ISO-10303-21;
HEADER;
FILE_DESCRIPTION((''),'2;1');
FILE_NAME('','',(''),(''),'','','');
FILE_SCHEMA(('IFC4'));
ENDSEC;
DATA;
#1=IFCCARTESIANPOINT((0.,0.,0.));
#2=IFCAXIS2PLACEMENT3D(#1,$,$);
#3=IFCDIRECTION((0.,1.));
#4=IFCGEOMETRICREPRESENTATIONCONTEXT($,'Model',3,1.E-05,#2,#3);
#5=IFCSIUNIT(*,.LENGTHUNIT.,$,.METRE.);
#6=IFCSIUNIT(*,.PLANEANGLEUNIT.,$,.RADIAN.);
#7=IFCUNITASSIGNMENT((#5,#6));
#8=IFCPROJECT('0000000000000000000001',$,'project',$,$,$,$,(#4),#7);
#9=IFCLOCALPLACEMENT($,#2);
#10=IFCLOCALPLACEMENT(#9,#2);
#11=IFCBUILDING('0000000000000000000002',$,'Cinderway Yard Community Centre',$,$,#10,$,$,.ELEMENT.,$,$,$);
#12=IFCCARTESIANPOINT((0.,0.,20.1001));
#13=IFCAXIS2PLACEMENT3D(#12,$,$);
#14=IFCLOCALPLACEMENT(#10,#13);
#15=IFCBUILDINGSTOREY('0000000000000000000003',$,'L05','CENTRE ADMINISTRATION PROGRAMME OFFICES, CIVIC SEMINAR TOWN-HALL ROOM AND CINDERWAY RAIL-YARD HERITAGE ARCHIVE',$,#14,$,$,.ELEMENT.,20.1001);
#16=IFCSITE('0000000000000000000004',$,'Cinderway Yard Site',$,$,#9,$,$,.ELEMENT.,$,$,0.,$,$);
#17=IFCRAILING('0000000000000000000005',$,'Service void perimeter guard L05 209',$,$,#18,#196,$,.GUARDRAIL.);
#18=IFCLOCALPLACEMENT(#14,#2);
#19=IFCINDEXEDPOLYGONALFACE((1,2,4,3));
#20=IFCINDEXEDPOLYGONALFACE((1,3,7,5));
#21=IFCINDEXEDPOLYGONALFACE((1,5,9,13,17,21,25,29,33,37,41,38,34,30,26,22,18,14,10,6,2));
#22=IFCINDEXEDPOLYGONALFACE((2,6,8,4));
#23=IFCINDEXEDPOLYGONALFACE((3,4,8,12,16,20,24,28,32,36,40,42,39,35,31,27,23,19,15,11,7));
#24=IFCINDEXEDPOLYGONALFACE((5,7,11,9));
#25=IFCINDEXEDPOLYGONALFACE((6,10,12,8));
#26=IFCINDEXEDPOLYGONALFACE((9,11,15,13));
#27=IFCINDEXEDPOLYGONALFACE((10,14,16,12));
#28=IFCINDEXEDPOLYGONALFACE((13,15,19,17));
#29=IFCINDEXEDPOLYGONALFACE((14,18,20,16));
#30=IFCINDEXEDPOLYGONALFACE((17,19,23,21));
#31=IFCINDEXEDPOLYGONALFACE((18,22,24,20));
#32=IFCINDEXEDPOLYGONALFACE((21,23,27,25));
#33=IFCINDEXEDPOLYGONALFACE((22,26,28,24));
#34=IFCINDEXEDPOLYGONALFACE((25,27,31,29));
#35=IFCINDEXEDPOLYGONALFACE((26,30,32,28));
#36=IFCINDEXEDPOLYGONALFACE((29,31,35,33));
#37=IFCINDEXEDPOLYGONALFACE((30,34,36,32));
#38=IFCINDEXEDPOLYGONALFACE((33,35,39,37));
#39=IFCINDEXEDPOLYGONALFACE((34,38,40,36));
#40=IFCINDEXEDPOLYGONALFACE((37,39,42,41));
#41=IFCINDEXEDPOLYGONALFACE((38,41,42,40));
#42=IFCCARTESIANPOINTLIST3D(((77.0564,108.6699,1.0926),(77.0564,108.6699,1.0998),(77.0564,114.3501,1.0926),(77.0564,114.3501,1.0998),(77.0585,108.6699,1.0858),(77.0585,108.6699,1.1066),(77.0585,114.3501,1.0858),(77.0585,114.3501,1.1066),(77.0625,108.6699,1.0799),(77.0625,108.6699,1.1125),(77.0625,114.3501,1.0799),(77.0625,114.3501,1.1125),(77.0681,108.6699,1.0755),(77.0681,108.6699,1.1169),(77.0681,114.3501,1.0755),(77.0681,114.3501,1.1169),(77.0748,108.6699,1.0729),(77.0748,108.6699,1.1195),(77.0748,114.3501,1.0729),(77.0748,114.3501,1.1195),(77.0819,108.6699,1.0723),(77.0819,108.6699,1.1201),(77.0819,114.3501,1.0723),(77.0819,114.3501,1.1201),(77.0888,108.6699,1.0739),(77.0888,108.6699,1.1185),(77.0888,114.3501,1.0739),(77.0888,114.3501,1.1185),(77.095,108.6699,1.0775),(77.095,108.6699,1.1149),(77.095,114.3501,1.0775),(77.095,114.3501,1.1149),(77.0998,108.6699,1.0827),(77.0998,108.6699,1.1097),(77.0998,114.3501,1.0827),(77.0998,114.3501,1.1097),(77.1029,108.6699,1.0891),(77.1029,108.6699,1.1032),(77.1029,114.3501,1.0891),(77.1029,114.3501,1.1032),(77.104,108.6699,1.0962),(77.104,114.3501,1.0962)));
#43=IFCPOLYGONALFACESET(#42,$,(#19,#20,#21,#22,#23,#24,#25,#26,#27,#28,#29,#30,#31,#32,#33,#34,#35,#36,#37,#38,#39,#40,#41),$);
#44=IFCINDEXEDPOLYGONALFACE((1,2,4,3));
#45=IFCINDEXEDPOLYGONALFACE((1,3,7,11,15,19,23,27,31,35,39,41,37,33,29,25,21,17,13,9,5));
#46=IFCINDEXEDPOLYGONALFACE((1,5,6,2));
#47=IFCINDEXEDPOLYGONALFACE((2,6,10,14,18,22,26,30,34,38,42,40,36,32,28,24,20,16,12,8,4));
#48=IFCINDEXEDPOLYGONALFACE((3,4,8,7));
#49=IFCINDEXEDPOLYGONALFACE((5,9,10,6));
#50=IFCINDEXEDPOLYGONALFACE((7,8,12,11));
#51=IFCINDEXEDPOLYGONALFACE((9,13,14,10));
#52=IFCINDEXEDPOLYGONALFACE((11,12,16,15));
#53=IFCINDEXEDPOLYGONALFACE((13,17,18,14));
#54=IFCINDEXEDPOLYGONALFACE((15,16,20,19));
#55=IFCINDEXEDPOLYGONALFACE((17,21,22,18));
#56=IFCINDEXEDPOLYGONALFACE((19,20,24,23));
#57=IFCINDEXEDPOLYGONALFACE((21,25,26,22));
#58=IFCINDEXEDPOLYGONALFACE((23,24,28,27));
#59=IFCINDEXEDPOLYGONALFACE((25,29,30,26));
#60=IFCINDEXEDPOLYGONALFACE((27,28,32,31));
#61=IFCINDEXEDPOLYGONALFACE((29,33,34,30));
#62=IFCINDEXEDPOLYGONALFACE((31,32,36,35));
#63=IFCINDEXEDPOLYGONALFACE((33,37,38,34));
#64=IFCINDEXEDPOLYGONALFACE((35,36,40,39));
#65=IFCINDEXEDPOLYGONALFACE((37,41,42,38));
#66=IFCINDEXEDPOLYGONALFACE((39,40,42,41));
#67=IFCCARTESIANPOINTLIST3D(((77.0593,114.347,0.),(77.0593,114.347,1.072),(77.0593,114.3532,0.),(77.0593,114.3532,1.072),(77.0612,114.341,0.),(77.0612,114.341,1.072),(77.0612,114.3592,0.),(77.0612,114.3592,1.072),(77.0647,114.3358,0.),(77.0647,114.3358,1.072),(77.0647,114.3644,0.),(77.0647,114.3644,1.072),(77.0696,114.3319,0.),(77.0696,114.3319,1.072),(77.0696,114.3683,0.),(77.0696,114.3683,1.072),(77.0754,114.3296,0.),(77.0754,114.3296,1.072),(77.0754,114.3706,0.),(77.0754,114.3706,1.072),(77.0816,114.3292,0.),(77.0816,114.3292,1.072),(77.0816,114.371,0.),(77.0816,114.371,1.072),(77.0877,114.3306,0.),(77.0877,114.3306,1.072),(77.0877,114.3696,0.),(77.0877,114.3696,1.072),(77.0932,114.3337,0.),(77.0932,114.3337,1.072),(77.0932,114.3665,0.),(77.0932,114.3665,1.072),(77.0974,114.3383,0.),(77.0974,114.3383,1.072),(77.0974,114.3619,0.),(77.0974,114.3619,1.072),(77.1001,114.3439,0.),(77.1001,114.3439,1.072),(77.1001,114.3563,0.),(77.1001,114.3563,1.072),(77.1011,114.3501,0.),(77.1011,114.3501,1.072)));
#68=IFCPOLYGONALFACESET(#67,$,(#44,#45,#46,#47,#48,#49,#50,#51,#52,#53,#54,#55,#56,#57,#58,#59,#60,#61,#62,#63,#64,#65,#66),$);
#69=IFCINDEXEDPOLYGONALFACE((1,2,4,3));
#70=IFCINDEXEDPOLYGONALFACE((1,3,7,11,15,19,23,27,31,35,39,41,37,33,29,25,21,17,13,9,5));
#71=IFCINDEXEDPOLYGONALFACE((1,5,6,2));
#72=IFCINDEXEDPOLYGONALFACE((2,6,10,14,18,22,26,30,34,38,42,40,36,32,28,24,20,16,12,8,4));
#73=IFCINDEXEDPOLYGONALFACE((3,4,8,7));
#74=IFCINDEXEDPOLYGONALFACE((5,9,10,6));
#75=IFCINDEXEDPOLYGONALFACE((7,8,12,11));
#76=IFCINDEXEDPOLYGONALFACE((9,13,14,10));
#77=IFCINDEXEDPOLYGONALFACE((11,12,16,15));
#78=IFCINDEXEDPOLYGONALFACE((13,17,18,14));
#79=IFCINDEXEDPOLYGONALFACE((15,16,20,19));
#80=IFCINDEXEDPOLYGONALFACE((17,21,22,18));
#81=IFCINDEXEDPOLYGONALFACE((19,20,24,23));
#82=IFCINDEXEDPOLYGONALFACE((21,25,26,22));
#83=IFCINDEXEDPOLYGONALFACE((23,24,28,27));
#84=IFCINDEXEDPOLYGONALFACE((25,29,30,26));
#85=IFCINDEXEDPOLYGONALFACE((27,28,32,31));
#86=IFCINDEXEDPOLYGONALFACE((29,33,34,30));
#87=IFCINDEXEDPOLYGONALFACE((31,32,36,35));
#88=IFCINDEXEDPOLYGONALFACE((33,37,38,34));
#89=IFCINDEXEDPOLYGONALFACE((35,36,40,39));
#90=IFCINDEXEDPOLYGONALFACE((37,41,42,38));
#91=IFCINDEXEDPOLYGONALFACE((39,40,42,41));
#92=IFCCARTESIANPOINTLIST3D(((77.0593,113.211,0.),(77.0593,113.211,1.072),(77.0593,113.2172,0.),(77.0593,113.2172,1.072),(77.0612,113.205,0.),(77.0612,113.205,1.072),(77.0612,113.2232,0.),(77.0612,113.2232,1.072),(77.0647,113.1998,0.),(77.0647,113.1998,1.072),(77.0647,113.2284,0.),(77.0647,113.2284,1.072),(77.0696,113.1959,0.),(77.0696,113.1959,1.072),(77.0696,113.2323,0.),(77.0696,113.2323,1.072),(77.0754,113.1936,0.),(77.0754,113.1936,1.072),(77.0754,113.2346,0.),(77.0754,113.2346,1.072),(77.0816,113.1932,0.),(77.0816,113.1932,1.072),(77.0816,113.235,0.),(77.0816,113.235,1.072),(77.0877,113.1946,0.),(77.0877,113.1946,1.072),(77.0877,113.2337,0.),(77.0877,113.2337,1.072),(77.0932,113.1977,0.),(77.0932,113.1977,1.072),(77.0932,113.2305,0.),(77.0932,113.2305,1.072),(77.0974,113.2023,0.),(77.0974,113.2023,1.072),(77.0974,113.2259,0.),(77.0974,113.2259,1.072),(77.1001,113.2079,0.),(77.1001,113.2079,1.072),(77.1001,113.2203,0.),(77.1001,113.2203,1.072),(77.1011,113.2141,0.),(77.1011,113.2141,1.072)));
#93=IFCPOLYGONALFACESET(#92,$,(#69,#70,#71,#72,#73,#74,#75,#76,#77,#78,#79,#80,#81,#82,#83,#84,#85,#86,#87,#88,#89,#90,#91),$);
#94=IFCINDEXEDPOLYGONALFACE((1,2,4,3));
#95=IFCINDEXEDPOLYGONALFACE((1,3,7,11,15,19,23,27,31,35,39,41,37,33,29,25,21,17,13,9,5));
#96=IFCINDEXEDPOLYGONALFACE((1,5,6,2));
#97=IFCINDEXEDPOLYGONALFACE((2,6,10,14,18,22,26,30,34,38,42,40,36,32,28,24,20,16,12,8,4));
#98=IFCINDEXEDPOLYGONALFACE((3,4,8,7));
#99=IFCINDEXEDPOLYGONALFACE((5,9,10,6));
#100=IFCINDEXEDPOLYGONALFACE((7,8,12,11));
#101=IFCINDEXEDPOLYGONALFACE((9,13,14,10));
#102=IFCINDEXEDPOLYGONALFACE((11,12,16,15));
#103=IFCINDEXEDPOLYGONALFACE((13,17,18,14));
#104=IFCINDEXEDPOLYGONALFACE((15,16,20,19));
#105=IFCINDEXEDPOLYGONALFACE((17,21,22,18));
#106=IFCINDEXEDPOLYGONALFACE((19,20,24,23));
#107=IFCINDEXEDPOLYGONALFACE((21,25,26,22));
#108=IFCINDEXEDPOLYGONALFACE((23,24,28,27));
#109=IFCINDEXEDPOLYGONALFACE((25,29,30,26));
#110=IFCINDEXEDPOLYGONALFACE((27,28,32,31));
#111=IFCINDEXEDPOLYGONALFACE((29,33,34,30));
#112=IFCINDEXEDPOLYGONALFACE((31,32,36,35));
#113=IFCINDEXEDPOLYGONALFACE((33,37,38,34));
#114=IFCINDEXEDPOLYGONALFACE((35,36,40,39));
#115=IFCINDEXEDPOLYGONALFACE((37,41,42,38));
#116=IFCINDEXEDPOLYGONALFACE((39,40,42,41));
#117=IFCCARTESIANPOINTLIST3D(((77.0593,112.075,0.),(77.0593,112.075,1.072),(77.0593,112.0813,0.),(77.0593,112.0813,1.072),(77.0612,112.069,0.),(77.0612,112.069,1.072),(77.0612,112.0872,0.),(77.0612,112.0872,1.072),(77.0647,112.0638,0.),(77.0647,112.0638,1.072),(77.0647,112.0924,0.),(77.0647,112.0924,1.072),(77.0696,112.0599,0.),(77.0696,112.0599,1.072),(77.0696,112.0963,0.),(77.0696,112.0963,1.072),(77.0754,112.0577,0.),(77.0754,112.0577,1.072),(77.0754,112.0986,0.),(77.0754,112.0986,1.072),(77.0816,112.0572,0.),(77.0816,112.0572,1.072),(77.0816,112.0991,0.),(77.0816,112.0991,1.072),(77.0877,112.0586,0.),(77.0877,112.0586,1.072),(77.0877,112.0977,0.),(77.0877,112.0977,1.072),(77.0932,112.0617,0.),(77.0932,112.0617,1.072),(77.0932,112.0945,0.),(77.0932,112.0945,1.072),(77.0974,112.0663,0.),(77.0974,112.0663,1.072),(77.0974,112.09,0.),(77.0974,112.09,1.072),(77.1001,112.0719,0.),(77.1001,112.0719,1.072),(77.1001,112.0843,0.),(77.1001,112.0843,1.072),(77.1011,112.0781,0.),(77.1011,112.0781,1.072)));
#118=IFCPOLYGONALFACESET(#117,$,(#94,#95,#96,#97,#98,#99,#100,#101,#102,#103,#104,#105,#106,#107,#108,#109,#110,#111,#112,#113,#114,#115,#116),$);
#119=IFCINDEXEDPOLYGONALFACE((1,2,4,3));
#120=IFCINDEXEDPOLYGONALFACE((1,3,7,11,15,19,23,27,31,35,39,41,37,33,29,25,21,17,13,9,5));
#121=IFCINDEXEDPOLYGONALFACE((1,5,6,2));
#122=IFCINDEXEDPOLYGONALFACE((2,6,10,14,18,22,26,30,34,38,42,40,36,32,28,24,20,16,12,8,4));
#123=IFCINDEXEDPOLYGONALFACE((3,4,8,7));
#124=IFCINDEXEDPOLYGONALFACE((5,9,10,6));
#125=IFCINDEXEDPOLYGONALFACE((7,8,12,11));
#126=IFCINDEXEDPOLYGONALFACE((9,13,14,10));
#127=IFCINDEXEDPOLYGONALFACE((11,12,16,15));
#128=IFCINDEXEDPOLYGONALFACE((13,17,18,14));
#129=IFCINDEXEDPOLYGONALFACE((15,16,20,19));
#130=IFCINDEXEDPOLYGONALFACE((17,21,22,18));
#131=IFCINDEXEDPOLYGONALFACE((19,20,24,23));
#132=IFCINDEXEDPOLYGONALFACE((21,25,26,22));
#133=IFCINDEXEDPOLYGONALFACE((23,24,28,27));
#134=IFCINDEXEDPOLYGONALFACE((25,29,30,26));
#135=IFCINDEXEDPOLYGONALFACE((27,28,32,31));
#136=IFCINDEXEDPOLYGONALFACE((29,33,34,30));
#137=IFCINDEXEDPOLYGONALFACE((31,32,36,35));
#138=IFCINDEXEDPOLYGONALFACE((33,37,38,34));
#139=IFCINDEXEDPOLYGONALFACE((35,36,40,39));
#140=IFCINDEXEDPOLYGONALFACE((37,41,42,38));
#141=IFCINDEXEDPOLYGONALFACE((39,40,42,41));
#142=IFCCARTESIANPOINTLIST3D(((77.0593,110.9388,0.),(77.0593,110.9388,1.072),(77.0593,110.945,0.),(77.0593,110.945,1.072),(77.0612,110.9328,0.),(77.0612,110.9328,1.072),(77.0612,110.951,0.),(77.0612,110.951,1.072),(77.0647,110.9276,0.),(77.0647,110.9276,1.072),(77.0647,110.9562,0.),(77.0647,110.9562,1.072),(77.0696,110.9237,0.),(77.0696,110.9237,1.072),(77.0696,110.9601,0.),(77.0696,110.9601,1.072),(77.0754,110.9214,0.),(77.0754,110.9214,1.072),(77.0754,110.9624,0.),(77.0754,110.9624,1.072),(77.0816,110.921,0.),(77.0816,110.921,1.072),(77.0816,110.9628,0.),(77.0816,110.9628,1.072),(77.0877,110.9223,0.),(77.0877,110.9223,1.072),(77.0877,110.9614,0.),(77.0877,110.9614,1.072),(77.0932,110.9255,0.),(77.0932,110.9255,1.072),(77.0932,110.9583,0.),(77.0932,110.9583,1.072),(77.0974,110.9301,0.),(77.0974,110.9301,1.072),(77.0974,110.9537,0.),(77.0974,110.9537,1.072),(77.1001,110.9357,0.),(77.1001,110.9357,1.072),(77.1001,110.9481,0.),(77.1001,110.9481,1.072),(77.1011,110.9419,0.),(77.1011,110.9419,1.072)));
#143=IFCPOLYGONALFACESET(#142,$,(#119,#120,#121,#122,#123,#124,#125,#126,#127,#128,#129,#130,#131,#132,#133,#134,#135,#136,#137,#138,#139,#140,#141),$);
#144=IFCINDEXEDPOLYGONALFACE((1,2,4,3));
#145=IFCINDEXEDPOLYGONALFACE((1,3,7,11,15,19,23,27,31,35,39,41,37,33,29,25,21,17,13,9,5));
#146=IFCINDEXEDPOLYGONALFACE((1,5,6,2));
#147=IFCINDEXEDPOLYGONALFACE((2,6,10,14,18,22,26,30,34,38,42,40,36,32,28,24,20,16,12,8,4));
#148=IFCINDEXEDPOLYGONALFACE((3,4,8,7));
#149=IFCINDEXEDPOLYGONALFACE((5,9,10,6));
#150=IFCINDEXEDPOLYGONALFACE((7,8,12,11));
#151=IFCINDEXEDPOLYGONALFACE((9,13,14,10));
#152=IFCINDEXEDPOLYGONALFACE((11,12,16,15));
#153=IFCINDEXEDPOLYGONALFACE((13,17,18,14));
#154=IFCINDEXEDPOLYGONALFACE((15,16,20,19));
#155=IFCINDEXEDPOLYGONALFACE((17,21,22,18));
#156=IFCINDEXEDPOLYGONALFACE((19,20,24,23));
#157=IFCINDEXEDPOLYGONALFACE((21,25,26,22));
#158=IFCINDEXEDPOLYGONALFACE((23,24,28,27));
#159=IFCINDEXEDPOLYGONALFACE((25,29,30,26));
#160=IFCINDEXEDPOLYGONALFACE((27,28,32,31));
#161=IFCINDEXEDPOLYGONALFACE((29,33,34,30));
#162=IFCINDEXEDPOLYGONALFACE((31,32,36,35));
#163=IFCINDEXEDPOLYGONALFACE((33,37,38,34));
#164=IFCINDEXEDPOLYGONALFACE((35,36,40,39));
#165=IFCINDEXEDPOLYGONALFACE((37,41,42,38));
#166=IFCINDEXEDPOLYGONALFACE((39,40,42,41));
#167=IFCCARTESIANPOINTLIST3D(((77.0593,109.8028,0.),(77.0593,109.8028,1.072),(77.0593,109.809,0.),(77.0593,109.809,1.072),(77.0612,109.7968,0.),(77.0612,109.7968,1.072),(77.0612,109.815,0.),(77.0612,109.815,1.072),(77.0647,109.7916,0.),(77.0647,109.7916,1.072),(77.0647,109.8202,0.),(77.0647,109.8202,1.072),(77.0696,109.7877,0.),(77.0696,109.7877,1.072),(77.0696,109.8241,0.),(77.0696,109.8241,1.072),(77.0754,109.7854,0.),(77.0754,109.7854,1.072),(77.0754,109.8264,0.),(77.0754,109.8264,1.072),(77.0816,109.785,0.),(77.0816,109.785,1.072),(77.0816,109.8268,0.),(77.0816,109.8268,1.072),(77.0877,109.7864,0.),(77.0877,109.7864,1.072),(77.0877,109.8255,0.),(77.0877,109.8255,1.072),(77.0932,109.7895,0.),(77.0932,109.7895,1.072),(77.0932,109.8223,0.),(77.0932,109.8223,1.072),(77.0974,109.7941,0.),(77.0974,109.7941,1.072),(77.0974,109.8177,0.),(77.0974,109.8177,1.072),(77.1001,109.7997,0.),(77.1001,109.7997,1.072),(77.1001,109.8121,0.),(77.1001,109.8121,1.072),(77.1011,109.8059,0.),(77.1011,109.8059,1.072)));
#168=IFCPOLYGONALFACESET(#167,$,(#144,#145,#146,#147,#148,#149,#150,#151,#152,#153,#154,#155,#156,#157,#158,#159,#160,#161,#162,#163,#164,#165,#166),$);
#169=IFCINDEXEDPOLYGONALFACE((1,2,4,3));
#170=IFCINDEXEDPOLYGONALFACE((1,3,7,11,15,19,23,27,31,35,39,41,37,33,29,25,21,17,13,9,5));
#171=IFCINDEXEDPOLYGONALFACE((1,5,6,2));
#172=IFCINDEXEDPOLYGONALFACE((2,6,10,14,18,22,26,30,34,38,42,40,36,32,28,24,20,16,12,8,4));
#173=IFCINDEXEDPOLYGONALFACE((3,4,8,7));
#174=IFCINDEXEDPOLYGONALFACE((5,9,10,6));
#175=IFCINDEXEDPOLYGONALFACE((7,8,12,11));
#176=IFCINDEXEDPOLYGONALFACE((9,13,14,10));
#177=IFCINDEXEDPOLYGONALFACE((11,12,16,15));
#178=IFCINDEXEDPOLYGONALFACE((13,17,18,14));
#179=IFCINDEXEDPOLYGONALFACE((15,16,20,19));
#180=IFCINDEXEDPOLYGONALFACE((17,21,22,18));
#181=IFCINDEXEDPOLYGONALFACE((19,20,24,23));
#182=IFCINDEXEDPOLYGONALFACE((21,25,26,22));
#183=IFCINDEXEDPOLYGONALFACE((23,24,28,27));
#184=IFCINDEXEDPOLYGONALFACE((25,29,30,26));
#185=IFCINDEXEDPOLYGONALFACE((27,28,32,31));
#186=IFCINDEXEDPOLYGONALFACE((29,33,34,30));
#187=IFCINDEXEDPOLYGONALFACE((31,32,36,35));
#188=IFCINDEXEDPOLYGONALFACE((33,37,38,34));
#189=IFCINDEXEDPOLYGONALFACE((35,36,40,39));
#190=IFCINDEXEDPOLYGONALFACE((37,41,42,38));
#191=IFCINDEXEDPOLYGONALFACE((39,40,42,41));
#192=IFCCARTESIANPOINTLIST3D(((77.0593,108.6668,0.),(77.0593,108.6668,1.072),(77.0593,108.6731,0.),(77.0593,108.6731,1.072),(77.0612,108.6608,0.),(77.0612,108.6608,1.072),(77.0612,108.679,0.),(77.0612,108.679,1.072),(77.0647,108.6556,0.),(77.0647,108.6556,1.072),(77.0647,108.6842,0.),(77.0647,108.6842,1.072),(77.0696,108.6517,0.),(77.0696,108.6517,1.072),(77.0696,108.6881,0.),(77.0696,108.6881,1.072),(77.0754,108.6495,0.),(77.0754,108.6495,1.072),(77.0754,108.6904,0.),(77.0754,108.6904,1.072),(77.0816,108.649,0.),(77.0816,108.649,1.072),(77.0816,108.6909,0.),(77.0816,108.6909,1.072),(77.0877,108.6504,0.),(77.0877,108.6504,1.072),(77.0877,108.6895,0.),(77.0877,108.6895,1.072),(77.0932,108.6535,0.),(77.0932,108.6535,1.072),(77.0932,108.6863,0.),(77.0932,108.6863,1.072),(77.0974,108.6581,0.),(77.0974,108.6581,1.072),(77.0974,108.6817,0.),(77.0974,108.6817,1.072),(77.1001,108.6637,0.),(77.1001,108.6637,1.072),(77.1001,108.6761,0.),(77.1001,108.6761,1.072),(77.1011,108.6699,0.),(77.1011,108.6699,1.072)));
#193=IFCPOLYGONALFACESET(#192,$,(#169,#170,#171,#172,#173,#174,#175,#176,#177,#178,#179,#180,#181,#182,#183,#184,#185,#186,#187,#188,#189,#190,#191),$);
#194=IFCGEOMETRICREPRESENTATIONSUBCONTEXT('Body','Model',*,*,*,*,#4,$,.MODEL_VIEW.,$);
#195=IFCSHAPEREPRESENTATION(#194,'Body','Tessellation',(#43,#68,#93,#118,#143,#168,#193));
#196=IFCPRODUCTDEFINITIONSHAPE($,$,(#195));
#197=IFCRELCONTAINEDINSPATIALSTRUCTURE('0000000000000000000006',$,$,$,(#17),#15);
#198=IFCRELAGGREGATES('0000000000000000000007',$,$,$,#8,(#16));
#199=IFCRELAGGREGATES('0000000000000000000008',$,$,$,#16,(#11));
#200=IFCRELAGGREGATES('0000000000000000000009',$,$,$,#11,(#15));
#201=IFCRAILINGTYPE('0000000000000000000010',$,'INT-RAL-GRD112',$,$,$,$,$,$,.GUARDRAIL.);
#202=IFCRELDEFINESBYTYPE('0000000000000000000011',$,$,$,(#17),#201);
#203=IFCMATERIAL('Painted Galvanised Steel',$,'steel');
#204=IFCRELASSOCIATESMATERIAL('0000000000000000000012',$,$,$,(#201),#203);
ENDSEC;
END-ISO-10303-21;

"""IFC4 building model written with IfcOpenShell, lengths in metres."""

from ifc_helpers import new_model, si_unit, direction, frame, origin, origin_2d, place, context, subcontext, project, spatial, circle, extrude, material, type_object, element, save


model = new_model("IFC4")

# Units and contexts
model_context = context("Model", 3, precision=1e-05, world=origin(), true_north=direction((0.0, 1.0)))
body_context = subcontext(model_context, "Body", "Model", "MODEL_VIEW")
ifc_project = project(units=[si_unit("LENGTHUNIT", "METRE"), si_unit("PLANEANGLEUNIT", "RADIAN")], contexts=[model_context])

# Site, building, storey
site_placement = place(None, origin())
site = spatial("IfcSite", under=ifc_project, at=site_placement, Name="Cinderway Yard Site", CompositionType="ELEMENT", RefElevation=0.0)
building_placement = place(site_placement, origin())
building = spatial("IfcBuilding", under=site, at=building_placement, Name="Cinderway Yard Community Centre", CompositionType="ELEMENT")
storey_placement = place(building_placement, frame((0.0, 0.0, 20.1001)))
storey = spatial("IfcBuildingStorey", under=building, at=storey_placement, Name="L05", Description="CENTRE ADMINISTRATION PROGRAMME OFFICES, CIVIC SEMINAR TOWN-HALL ROOM AND CINDERWAY RAIL-YARD HERITAGE ARCHIVE", CompositionType="ELEMENT", Elevation=20.1001)

# Shared definitions
ifc_material_1 = material(Name="Painted Galvanised Steel", Category="steel")

# Railing
railing_type = type_object("IfcRailingType", Name="INT-RAL-GRD112", PredefinedType="GUARDRAIL", material=ifc_material_1)
railing_1_placement = place(storey_placement, frame((77.0801, 114.3501, 0.0)))
element("IfcRailing", 1, at=railing_1_placement, inside=storey, type_object=railing_type, Name="Service void perimeter guard L05 209", PredefinedType="GUARDRAIL", context=body_context, shape_type="SweptSolid", body=[
    extrude(circle(Radius=0.0239, at=origin_2d()), frame((0.0, 0.0, 1.0962), z_axis=(0.0, -1.0, 0.0), x_axis=(1.0, 0.0, 0.0)), (0.0, 0.0, 1.0), 5.6802),
    extrude(circle(Radius=0.021, at=origin_2d()), origin(), (0.0, 0.0, 1.0), 1.072),
    extrude(circle(Radius=0.021, at=origin_2d()), frame((0.0, -1.136, 0.0)), (0.0, 0.0, 1.0), 1.072),
    extrude(circle(Radius=0.021, at=origin_2d()), frame((0.0, -2.272, 0.0)), (0.0, 0.0, 1.0), 1.072),
    extrude(circle(Radius=0.021, at=origin_2d()), frame((0.0, -3.4082, 0.0)), (0.0, 0.0, 1.0), 1.072),
    extrude(circle(Radius=0.021, at=origin_2d()), frame((0.0, -4.5442, 0.0)), (0.0, 0.0, 1.0), 1.072),
    extrude(circle(Radius=0.021, at=origin_2d()), frame((0.0, -5.6802, 0.0)), (0.0, 0.0, 1.0), 1.072),
])

save(model, "model.ifc")
